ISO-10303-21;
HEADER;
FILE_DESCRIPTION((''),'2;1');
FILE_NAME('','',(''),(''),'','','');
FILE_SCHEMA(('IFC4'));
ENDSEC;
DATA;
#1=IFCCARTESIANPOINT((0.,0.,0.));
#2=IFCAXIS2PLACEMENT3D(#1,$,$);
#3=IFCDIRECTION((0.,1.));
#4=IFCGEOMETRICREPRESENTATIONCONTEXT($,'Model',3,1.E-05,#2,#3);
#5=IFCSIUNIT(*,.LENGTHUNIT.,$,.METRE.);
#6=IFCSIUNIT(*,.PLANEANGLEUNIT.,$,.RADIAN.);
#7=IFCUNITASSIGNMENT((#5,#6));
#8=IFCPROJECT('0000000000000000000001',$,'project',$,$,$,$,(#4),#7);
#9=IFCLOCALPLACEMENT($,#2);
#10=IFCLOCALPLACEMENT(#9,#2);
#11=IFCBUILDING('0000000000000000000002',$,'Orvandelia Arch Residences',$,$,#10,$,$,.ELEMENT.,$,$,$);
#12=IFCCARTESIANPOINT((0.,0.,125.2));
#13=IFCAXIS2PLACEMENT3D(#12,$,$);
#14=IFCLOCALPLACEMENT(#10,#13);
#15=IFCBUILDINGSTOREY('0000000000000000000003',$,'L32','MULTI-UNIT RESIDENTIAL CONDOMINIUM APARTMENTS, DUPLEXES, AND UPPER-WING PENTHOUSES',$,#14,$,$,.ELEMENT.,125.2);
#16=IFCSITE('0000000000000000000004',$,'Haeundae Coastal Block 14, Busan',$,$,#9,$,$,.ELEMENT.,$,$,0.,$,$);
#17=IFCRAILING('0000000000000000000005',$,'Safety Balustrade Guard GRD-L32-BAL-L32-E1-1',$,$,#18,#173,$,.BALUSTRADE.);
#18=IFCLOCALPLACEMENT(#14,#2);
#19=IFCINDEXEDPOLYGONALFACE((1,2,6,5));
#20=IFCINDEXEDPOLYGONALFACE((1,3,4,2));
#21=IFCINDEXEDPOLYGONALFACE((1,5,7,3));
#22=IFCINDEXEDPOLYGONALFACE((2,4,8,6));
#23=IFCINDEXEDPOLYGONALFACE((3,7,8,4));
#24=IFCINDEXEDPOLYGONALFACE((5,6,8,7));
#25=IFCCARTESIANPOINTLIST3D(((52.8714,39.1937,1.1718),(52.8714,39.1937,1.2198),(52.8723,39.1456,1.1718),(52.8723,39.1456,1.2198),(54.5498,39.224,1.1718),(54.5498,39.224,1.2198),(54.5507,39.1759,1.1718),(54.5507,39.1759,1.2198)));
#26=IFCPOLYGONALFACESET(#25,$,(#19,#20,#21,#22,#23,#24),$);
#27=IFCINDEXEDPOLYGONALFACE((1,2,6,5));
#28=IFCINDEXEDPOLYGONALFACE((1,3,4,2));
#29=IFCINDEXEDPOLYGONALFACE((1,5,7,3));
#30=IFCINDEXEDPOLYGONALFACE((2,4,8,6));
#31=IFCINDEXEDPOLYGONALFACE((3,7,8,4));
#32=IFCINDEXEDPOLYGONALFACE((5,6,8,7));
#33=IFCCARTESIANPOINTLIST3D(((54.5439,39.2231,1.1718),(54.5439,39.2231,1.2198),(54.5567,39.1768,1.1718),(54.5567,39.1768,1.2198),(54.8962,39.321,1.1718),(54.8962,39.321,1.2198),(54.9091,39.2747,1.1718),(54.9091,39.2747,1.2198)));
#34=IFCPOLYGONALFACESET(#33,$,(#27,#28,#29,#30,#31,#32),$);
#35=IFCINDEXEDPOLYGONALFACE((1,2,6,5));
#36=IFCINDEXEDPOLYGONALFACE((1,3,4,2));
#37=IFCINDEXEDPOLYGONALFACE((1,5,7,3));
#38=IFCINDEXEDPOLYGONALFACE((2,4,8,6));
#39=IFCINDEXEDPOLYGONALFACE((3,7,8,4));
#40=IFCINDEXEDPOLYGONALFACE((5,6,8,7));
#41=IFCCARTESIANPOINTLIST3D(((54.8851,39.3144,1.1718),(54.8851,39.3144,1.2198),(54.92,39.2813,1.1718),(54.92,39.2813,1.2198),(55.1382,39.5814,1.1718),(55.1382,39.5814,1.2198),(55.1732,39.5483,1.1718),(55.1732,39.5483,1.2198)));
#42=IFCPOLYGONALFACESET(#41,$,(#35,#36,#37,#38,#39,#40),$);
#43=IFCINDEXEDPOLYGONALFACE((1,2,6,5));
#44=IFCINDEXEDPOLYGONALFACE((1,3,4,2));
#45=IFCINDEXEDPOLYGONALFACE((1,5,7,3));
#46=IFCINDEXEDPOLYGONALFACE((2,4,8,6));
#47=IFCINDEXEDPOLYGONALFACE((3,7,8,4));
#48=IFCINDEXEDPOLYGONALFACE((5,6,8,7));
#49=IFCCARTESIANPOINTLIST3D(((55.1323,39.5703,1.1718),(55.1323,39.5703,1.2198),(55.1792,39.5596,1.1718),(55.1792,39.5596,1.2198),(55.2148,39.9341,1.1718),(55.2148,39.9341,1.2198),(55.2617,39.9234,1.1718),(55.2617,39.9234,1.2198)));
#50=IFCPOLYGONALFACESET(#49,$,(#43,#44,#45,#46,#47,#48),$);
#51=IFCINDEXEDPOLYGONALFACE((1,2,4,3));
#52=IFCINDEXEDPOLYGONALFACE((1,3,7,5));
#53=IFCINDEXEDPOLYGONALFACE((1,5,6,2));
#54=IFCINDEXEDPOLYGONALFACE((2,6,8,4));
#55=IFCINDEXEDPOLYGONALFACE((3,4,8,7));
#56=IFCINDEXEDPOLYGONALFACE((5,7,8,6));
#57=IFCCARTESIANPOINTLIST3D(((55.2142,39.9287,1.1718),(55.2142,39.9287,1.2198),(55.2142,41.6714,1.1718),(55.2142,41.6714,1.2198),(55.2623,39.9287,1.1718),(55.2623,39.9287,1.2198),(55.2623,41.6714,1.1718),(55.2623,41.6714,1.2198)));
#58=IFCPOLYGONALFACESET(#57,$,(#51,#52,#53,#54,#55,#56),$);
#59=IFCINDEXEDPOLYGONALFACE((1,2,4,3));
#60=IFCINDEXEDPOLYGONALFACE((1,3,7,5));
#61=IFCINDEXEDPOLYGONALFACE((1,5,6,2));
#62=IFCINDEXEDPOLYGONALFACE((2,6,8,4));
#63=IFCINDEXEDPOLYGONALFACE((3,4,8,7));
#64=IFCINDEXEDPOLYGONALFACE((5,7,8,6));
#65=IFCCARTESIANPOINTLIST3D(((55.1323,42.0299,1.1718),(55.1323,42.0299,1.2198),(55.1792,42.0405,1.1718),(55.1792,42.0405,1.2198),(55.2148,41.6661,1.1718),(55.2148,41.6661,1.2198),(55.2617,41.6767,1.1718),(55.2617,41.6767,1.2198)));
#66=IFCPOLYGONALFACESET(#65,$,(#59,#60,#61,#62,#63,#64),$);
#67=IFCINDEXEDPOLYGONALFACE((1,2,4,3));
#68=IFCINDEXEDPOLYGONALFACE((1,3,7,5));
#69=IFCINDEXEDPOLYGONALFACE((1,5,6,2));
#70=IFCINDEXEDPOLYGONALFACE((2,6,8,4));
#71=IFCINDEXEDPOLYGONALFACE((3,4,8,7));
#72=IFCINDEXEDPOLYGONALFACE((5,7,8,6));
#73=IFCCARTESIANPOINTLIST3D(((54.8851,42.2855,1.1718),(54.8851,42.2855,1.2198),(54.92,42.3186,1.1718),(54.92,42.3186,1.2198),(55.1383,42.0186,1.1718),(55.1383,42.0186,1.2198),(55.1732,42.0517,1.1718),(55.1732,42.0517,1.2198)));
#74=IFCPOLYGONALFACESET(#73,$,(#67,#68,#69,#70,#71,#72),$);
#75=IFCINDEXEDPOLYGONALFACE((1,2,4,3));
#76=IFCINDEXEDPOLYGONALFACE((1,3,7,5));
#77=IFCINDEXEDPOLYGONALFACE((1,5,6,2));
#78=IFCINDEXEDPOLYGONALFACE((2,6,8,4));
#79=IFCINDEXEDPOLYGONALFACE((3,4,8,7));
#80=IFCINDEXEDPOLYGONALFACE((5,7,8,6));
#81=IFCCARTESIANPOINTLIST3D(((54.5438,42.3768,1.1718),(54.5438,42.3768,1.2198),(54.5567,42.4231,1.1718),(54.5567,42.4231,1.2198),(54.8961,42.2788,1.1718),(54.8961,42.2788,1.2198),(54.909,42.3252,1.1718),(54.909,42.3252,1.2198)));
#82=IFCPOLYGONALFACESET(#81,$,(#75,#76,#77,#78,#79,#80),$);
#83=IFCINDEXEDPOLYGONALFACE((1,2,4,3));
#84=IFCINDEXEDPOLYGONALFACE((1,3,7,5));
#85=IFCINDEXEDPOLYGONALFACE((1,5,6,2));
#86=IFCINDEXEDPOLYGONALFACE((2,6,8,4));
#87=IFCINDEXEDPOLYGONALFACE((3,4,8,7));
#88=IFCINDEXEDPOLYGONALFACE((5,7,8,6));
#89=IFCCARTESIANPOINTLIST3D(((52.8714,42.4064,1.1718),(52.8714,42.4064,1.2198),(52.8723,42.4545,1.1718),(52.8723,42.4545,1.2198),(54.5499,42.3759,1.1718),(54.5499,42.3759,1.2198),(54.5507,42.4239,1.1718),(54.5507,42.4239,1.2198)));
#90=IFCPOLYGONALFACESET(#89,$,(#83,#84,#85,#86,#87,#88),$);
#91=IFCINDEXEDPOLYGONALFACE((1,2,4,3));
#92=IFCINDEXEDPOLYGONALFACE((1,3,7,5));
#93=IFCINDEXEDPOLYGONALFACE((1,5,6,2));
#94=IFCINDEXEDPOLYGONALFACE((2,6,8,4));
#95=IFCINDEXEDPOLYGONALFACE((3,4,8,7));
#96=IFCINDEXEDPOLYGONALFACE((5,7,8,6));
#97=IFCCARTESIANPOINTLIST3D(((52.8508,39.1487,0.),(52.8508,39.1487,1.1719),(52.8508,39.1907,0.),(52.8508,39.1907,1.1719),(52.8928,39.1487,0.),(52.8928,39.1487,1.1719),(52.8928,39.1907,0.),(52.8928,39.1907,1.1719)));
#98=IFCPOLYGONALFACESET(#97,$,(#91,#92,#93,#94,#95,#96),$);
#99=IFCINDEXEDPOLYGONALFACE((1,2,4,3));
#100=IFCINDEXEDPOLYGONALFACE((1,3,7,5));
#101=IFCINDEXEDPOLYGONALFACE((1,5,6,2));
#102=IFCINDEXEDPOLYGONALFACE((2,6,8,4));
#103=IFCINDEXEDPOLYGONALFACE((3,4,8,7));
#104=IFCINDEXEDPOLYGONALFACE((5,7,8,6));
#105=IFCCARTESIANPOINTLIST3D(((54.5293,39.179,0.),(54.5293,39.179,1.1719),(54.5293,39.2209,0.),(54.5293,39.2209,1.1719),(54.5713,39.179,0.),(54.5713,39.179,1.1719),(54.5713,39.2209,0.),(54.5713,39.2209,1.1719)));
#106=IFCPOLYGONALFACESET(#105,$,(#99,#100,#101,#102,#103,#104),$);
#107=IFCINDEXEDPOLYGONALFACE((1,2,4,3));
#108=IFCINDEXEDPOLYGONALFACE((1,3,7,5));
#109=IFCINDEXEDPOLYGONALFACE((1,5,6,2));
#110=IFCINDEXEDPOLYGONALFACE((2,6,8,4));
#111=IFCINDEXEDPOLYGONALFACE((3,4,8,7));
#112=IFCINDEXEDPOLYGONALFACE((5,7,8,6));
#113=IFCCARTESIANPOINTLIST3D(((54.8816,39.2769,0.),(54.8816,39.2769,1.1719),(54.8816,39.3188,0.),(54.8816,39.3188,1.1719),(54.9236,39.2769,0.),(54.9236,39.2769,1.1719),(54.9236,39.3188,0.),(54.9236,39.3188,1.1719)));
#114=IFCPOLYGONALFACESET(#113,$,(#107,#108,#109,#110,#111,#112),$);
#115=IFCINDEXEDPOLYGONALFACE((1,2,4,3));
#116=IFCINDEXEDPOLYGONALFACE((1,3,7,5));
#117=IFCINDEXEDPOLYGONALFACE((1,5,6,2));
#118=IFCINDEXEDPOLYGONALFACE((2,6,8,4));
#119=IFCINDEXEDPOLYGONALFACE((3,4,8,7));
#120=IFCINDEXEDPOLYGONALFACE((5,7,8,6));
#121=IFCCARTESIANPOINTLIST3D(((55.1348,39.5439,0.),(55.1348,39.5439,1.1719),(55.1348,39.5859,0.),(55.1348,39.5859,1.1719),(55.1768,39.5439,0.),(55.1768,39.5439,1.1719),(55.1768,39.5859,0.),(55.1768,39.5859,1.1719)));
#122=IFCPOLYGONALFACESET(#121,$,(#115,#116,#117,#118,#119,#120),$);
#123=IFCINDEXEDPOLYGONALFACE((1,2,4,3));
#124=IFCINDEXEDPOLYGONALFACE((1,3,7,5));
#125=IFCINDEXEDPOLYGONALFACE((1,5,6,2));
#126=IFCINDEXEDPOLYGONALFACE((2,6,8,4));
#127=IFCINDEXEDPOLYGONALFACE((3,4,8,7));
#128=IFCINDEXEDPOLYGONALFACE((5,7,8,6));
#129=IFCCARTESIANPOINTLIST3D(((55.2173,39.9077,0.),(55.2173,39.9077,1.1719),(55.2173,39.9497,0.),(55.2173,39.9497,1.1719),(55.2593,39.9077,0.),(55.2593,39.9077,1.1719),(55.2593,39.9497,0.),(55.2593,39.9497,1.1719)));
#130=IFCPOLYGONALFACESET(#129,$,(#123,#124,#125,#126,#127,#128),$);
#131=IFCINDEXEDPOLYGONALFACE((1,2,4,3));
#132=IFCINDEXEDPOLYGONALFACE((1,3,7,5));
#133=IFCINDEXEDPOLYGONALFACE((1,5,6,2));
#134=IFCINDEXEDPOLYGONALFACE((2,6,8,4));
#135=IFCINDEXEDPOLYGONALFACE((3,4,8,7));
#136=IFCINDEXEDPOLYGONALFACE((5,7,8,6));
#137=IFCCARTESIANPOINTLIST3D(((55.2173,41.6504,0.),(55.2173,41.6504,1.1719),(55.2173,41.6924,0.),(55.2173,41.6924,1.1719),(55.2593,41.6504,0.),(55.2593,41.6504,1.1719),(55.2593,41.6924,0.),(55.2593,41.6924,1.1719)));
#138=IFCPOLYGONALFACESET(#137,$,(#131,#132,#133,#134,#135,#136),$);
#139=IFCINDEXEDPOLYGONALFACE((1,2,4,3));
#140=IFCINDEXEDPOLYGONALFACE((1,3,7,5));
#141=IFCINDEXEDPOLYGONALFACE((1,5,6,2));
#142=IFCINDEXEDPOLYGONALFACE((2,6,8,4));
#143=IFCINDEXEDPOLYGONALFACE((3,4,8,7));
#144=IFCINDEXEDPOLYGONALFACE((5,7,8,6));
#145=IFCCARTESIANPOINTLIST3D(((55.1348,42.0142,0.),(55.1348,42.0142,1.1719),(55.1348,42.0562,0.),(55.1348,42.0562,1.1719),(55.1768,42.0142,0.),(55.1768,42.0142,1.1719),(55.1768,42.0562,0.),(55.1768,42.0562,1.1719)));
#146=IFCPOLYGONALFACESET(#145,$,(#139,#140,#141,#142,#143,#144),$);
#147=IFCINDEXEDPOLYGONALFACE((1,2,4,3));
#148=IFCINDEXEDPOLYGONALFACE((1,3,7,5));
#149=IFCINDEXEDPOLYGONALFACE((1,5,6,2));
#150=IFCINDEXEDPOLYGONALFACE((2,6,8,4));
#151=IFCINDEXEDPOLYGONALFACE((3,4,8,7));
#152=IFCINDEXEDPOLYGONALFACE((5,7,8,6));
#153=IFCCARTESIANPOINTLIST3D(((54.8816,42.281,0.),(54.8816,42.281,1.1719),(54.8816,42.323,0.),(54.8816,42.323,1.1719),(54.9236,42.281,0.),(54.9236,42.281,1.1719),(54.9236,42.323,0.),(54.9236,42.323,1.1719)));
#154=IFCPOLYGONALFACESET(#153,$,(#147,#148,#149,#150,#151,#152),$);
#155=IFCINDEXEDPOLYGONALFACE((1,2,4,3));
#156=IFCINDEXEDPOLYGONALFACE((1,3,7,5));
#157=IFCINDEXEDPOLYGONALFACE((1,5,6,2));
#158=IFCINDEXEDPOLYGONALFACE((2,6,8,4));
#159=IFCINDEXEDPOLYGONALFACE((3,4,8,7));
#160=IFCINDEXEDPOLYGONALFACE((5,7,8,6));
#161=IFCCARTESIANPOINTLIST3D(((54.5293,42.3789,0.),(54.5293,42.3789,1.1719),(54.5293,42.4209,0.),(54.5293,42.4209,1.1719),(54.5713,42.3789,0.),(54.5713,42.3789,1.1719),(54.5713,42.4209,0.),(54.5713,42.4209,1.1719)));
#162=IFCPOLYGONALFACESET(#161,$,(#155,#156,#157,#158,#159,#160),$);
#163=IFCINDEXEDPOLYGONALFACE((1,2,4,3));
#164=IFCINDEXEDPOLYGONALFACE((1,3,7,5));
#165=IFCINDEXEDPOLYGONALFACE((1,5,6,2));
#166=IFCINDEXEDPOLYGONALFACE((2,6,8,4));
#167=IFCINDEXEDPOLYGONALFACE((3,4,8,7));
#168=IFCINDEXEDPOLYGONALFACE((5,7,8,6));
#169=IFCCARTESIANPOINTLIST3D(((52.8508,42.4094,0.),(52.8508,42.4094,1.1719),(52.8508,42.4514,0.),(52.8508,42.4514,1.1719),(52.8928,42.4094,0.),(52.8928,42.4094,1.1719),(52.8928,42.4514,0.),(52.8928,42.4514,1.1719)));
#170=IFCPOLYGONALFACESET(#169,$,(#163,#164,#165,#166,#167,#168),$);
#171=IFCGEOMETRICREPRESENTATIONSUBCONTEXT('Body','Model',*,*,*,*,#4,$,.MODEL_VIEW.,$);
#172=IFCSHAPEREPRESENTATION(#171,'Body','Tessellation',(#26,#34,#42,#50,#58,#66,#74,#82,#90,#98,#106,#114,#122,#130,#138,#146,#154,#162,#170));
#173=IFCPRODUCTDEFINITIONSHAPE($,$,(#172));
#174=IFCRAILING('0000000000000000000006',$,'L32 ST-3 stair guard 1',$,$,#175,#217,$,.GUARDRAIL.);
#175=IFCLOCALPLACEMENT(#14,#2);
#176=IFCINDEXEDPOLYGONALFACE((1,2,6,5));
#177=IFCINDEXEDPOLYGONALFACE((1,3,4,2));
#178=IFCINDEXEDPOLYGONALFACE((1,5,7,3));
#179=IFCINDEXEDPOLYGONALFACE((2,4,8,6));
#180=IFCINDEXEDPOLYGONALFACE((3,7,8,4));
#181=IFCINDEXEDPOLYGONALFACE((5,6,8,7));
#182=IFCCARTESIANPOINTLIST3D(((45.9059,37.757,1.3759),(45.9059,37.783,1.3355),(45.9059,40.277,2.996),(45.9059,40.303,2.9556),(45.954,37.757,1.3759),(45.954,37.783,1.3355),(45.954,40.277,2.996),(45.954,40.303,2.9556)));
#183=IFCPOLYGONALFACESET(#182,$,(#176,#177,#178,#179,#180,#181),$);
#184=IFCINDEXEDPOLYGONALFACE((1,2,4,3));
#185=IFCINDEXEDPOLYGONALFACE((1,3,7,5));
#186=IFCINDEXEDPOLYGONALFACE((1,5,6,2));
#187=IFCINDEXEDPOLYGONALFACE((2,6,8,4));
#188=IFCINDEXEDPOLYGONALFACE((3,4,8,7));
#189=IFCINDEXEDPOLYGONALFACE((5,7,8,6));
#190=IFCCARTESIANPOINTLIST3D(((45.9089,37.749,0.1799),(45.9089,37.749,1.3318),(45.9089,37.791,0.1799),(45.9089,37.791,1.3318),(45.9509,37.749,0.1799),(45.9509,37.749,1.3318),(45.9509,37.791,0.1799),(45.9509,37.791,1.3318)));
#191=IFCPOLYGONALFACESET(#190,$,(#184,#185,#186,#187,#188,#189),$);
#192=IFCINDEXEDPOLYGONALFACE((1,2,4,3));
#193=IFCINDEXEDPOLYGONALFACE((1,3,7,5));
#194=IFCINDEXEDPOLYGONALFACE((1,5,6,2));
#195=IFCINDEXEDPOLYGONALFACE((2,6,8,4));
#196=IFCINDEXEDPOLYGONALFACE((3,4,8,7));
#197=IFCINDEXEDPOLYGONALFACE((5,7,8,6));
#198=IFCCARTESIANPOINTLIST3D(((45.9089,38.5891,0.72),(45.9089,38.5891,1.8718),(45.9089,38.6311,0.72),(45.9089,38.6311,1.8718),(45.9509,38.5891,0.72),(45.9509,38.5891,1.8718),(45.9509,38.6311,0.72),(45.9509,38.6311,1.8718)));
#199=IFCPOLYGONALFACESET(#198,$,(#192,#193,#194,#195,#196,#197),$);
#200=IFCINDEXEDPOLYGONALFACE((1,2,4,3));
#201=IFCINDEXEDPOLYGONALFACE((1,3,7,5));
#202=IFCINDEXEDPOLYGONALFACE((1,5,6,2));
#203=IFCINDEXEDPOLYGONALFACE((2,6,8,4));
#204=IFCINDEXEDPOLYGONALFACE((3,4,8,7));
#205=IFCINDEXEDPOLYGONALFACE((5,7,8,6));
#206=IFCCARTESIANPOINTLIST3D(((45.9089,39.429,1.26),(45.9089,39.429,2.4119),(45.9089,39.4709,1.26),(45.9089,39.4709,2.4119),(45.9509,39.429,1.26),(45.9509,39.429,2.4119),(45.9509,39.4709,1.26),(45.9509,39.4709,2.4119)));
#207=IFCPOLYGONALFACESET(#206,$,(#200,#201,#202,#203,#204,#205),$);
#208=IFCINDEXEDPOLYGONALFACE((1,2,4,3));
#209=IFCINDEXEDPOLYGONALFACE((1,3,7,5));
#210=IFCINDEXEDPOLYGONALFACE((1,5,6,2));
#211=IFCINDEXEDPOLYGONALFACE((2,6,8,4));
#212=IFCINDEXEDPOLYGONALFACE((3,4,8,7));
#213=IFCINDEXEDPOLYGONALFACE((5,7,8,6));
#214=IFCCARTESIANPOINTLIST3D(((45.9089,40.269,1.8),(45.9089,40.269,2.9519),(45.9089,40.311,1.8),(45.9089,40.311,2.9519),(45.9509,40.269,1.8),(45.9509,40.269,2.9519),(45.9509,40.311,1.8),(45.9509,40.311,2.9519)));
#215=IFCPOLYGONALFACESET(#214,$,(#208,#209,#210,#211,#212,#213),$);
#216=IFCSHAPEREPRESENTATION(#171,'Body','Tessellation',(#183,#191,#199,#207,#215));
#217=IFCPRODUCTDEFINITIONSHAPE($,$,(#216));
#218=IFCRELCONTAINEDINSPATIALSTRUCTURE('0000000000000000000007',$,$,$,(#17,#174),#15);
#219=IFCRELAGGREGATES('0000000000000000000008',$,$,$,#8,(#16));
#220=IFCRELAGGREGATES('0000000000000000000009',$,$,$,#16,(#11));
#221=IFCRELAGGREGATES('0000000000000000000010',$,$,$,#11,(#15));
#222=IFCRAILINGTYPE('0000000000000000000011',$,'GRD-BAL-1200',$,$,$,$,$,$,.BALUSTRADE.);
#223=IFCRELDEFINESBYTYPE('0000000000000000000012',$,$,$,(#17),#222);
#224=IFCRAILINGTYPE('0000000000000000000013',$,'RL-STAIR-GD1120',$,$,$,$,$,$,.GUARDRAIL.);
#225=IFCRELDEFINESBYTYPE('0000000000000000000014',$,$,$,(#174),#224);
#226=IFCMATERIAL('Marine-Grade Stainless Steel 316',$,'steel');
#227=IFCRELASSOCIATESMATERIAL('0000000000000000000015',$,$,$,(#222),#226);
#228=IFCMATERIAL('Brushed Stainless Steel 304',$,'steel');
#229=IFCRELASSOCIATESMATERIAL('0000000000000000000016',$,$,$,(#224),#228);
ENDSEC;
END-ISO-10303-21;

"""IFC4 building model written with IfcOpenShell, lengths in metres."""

from ifc_helpers import new_model, si_unit, direction, frame, origin, origin_2d, place, context, subcontext, project, spatial, rectangle, extrude, material, type_object, element, save


model = new_model("IFC4")

# Units and contexts
model_context = context("Model", 3, precision=1e-05, world=origin(), true_north=direction((0.0, 1.0)))
body_context = subcontext(model_context, "Body", "Model", "MODEL_VIEW")
ifc_project = project(units=[si_unit("LENGTHUNIT", "METRE"), si_unit("PLANEANGLEUNIT", "RADIAN")], contexts=[model_context])

# Site, building, storey
site_placement = place(None, origin())
site = spatial("IfcSite", under=ifc_project, at=site_placement, Name="Haeundae Coastal Block 14, Busan", CompositionType="ELEMENT", RefElevation=0.0)
building_placement = place(site_placement, origin())
building = spatial("IfcBuilding", under=site, at=building_placement, Name="Orvandelia Arch Residences", CompositionType="ELEMENT")
storey_placement = place(building_placement, frame((0.0, 0.0, 125.2)))
storey = spatial("IfcBuildingStorey", under=building, at=storey_placement, Name="L32", Description="MULTI-UNIT RESIDENTIAL CONDOMINIUM APARTMENTS, DUPLEXES, AND UPPER-WING PENTHOUSES", CompositionType="ELEMENT", Elevation=125.2)

# Railings
ifc_material_1 = material(Name="Marine-Grade Stainless Steel 316", Category="steel")
railing_type_1 = type_object("IfcRailingType", Name="GRD-BAL-1200", PredefinedType="BALUSTRADE", material=ifc_material_1)
railing_1_placement = place(storey_placement, frame((52.8718, 39.1697, 0.0)))
element("IfcRailing", 1, at=railing_1_placement, inside=storey, type_object=railing_type_1, Name="Safety Balustrade Guard GRD-L32-BAL-L32-E1-1", PredefinedType="BALUSTRADE", context=body_context, shape_type="SweptSolid", body=[
    extrude(rectangle(XDim=0.0481, YDim=0.0481, at=origin_2d()), frame((0.0, 0.0, 1.1958), z_axis=(0.999837, 0.018033, 0.0), x_axis=(-0.018033, 0.999837, 0.0)), (0.0, 0.0, 1.0), 1.6787),
    extrude(rectangle(XDim=0.0481, YDim=0.0481, at=origin_2d()), frame((1.6785, 0.0303, 1.1958), z_axis=(0.963489, 0.267747, 0.0), x_axis=(-0.267747, 0.963489, 0.0)), (0.0, 0.0, 1.0), 0.3657),
    extrude(rectangle(XDim=0.0481, YDim=0.0481, at=origin_2d()), frame((2.0308, 0.1282, 1.1958), z_axis=(0.687947, 0.725761, 0.0), x_axis=(-0.725761, 0.687947, 0.0)), (0.0, 0.0, 1.0), 0.3679),
    extrude(rectangle(XDim=0.0481, YDim=0.0481, at=origin_2d()), frame((2.2839, 0.3953, 1.1958), z_axis=(0.221225, 0.975223, 0.0), x_axis=(-0.975223, 0.221225, 0.0)), (0.0, 0.0, 1.0), 0.373),
    extrude(rectangle(XDim=0.0481, YDim=0.0481, at=origin_2d()), frame((2.3665, 0.759, 1.1958), z_axis=(0.0, 1.0, 0.0), x_axis=(-1.0, 0.0, 0.0)), (0.0, 0.0, 1.0), 1.7427),
    extrude(rectangle(XDim=0.0481, YDim=0.0481, at=origin_2d()), frame((2.3665, 2.5017, 1.1958), z_axis=(-0.221225, 0.975223, 0.0), x_axis=(-0.975223, -0.221225, 0.0)), (0.0, 0.0, 1.0), 0.373),
    extrude(rectangle(XDim=0.0481, YDim=0.0481, at=origin_2d()), frame((2.2839, 2.8655, 1.1958), z_axis=(-0.688278, 0.725447, 0.0), x_axis=(-0.725447, -0.688278, 0.0)), (0.0, 0.0, 1.0), 0.3679),
    extrude(rectangle(XDim=0.0481, YDim=0.0481, at=origin_2d()), frame((2.0308, 3.1323, 1.1958), z_axis=(-0.963489, 0.267747, 0.0), x_axis=(-0.267747, -0.963489, 0.0)), (0.0, 0.0, 1.0), 0.3657),
    extrude(rectangle(XDim=0.0481, YDim=0.0481, at=origin_2d()), frame((1.6785, 3.2302, 1.1958), z_axis=(-0.999835, 0.018179, 0.0), x_axis=(-0.018179, -0.999835, 0.0)), (0.0, 0.0, 1.0), 1.6787),
    extrude(rectangle(XDim=0.042, YDim=0.042, at=origin_2d()), origin(), (0.0, 0.0, 1.0), 1.1719),
    extrude(rectangle(XDim=0.042, YDim=0.042, at=origin_2d()), frame((1.6785, 0.0303, 0.0)), (0.0, 0.0, 1.0), 1.1719),
    extrude(rectangle(XDim=0.042, YDim=0.042, at=origin_2d()), frame((2.0308, 0.1282, 0.0)), (0.0, 0.0, 1.0), 1.1719),
    extrude(rectangle(XDim=0.042, YDim=0.042, at=origin_2d()), frame((2.2839, 0.3953, 0.0)), (0.0, 0.0, 1.0), 1.1719),
    extrude(rectangle(XDim=0.042, YDim=0.042, at=origin_2d()), frame((2.3665, 0.759, 0.0)), (0.0, 0.0, 1.0), 1.1719),
    extrude(rectangle(XDim=0.042, YDim=0.042, at=origin_2d()), frame((2.3665, 2.5017, 0.0)), (0.0, 0.0, 1.0), 1.1719),
    extrude(rectangle(XDim=0.042, YDim=0.042, at=origin_2d()), frame((2.2839, 2.8655, 0.0)), (0.0, 0.0, 1.0), 1.1719),
    extrude(rectangle(XDim=0.042, YDim=0.042, at=origin_2d()), frame((2.0308, 3.1323, 0.0)), (0.0, 0.0, 1.0), 1.1719),
    extrude(rectangle(XDim=0.042, YDim=0.042, at=origin_2d()), frame((1.6785, 3.2302, 0.0)), (0.0, 0.0, 1.0), 1.1719),
    extrude(rectangle(XDim=0.042, YDim=0.042, at=origin_2d()), frame((0.0, 3.2607, 0.0)), (0.0, 0.0, 1.0), 1.1719),
])
ifc_material_2 = material(Name="Brushed Stainless Steel 304", Category="steel")
railing_type_2 = type_object("IfcRailingType", Name="RL-STAIR-GD1120", PredefinedType="GUARDRAIL", material=ifc_material_2)
railing_2_placement = place(storey_placement, frame((45.9299, 37.77, 0.1799)))
element("IfcRailing", 2, at=railing_2_placement, inside=storey, type_object=railing_type_2, Name="L32 ST-3 stair guard 1", PredefinedType="GUARDRAIL", context=body_context, shape_type="SweptSolid", body=[
    extrude(rectangle(XDim=0.0481, YDim=0.0481, at=origin_2d()), frame((0.0, 0.0, 1.1758), z_axis=(0.0, 0.841163, 0.540782), x_axis=(-1.0, 0.0, 0.0)), (0.0, 0.0, 1.0), 2.9958),
    extrude(rectangle(XDim=0.042, YDim=0.042, at=origin_2d()), origin(), (0.0, 0.0, 1.0), 1.1519),
    extrude(rectangle(XDim=0.042, YDim=0.042, at=origin_2d()), frame((0.0, 0.8401, 0.54)), (0.0, 0.0, 1.0), 1.1519),
    extrude(rectangle(XDim=0.042, YDim=0.042, at=origin_2d()), frame((0.0, 1.6799, 1.0801)), (0.0, 0.0, 1.0), 1.1519),
    extrude(rectangle(XDim=0.042, YDim=0.042, at=origin_2d()), frame((0.0, 2.52, 1.6201)), (0.0, 0.0, 1.0), 1.1519),
])

save(model, "model.ifc")
